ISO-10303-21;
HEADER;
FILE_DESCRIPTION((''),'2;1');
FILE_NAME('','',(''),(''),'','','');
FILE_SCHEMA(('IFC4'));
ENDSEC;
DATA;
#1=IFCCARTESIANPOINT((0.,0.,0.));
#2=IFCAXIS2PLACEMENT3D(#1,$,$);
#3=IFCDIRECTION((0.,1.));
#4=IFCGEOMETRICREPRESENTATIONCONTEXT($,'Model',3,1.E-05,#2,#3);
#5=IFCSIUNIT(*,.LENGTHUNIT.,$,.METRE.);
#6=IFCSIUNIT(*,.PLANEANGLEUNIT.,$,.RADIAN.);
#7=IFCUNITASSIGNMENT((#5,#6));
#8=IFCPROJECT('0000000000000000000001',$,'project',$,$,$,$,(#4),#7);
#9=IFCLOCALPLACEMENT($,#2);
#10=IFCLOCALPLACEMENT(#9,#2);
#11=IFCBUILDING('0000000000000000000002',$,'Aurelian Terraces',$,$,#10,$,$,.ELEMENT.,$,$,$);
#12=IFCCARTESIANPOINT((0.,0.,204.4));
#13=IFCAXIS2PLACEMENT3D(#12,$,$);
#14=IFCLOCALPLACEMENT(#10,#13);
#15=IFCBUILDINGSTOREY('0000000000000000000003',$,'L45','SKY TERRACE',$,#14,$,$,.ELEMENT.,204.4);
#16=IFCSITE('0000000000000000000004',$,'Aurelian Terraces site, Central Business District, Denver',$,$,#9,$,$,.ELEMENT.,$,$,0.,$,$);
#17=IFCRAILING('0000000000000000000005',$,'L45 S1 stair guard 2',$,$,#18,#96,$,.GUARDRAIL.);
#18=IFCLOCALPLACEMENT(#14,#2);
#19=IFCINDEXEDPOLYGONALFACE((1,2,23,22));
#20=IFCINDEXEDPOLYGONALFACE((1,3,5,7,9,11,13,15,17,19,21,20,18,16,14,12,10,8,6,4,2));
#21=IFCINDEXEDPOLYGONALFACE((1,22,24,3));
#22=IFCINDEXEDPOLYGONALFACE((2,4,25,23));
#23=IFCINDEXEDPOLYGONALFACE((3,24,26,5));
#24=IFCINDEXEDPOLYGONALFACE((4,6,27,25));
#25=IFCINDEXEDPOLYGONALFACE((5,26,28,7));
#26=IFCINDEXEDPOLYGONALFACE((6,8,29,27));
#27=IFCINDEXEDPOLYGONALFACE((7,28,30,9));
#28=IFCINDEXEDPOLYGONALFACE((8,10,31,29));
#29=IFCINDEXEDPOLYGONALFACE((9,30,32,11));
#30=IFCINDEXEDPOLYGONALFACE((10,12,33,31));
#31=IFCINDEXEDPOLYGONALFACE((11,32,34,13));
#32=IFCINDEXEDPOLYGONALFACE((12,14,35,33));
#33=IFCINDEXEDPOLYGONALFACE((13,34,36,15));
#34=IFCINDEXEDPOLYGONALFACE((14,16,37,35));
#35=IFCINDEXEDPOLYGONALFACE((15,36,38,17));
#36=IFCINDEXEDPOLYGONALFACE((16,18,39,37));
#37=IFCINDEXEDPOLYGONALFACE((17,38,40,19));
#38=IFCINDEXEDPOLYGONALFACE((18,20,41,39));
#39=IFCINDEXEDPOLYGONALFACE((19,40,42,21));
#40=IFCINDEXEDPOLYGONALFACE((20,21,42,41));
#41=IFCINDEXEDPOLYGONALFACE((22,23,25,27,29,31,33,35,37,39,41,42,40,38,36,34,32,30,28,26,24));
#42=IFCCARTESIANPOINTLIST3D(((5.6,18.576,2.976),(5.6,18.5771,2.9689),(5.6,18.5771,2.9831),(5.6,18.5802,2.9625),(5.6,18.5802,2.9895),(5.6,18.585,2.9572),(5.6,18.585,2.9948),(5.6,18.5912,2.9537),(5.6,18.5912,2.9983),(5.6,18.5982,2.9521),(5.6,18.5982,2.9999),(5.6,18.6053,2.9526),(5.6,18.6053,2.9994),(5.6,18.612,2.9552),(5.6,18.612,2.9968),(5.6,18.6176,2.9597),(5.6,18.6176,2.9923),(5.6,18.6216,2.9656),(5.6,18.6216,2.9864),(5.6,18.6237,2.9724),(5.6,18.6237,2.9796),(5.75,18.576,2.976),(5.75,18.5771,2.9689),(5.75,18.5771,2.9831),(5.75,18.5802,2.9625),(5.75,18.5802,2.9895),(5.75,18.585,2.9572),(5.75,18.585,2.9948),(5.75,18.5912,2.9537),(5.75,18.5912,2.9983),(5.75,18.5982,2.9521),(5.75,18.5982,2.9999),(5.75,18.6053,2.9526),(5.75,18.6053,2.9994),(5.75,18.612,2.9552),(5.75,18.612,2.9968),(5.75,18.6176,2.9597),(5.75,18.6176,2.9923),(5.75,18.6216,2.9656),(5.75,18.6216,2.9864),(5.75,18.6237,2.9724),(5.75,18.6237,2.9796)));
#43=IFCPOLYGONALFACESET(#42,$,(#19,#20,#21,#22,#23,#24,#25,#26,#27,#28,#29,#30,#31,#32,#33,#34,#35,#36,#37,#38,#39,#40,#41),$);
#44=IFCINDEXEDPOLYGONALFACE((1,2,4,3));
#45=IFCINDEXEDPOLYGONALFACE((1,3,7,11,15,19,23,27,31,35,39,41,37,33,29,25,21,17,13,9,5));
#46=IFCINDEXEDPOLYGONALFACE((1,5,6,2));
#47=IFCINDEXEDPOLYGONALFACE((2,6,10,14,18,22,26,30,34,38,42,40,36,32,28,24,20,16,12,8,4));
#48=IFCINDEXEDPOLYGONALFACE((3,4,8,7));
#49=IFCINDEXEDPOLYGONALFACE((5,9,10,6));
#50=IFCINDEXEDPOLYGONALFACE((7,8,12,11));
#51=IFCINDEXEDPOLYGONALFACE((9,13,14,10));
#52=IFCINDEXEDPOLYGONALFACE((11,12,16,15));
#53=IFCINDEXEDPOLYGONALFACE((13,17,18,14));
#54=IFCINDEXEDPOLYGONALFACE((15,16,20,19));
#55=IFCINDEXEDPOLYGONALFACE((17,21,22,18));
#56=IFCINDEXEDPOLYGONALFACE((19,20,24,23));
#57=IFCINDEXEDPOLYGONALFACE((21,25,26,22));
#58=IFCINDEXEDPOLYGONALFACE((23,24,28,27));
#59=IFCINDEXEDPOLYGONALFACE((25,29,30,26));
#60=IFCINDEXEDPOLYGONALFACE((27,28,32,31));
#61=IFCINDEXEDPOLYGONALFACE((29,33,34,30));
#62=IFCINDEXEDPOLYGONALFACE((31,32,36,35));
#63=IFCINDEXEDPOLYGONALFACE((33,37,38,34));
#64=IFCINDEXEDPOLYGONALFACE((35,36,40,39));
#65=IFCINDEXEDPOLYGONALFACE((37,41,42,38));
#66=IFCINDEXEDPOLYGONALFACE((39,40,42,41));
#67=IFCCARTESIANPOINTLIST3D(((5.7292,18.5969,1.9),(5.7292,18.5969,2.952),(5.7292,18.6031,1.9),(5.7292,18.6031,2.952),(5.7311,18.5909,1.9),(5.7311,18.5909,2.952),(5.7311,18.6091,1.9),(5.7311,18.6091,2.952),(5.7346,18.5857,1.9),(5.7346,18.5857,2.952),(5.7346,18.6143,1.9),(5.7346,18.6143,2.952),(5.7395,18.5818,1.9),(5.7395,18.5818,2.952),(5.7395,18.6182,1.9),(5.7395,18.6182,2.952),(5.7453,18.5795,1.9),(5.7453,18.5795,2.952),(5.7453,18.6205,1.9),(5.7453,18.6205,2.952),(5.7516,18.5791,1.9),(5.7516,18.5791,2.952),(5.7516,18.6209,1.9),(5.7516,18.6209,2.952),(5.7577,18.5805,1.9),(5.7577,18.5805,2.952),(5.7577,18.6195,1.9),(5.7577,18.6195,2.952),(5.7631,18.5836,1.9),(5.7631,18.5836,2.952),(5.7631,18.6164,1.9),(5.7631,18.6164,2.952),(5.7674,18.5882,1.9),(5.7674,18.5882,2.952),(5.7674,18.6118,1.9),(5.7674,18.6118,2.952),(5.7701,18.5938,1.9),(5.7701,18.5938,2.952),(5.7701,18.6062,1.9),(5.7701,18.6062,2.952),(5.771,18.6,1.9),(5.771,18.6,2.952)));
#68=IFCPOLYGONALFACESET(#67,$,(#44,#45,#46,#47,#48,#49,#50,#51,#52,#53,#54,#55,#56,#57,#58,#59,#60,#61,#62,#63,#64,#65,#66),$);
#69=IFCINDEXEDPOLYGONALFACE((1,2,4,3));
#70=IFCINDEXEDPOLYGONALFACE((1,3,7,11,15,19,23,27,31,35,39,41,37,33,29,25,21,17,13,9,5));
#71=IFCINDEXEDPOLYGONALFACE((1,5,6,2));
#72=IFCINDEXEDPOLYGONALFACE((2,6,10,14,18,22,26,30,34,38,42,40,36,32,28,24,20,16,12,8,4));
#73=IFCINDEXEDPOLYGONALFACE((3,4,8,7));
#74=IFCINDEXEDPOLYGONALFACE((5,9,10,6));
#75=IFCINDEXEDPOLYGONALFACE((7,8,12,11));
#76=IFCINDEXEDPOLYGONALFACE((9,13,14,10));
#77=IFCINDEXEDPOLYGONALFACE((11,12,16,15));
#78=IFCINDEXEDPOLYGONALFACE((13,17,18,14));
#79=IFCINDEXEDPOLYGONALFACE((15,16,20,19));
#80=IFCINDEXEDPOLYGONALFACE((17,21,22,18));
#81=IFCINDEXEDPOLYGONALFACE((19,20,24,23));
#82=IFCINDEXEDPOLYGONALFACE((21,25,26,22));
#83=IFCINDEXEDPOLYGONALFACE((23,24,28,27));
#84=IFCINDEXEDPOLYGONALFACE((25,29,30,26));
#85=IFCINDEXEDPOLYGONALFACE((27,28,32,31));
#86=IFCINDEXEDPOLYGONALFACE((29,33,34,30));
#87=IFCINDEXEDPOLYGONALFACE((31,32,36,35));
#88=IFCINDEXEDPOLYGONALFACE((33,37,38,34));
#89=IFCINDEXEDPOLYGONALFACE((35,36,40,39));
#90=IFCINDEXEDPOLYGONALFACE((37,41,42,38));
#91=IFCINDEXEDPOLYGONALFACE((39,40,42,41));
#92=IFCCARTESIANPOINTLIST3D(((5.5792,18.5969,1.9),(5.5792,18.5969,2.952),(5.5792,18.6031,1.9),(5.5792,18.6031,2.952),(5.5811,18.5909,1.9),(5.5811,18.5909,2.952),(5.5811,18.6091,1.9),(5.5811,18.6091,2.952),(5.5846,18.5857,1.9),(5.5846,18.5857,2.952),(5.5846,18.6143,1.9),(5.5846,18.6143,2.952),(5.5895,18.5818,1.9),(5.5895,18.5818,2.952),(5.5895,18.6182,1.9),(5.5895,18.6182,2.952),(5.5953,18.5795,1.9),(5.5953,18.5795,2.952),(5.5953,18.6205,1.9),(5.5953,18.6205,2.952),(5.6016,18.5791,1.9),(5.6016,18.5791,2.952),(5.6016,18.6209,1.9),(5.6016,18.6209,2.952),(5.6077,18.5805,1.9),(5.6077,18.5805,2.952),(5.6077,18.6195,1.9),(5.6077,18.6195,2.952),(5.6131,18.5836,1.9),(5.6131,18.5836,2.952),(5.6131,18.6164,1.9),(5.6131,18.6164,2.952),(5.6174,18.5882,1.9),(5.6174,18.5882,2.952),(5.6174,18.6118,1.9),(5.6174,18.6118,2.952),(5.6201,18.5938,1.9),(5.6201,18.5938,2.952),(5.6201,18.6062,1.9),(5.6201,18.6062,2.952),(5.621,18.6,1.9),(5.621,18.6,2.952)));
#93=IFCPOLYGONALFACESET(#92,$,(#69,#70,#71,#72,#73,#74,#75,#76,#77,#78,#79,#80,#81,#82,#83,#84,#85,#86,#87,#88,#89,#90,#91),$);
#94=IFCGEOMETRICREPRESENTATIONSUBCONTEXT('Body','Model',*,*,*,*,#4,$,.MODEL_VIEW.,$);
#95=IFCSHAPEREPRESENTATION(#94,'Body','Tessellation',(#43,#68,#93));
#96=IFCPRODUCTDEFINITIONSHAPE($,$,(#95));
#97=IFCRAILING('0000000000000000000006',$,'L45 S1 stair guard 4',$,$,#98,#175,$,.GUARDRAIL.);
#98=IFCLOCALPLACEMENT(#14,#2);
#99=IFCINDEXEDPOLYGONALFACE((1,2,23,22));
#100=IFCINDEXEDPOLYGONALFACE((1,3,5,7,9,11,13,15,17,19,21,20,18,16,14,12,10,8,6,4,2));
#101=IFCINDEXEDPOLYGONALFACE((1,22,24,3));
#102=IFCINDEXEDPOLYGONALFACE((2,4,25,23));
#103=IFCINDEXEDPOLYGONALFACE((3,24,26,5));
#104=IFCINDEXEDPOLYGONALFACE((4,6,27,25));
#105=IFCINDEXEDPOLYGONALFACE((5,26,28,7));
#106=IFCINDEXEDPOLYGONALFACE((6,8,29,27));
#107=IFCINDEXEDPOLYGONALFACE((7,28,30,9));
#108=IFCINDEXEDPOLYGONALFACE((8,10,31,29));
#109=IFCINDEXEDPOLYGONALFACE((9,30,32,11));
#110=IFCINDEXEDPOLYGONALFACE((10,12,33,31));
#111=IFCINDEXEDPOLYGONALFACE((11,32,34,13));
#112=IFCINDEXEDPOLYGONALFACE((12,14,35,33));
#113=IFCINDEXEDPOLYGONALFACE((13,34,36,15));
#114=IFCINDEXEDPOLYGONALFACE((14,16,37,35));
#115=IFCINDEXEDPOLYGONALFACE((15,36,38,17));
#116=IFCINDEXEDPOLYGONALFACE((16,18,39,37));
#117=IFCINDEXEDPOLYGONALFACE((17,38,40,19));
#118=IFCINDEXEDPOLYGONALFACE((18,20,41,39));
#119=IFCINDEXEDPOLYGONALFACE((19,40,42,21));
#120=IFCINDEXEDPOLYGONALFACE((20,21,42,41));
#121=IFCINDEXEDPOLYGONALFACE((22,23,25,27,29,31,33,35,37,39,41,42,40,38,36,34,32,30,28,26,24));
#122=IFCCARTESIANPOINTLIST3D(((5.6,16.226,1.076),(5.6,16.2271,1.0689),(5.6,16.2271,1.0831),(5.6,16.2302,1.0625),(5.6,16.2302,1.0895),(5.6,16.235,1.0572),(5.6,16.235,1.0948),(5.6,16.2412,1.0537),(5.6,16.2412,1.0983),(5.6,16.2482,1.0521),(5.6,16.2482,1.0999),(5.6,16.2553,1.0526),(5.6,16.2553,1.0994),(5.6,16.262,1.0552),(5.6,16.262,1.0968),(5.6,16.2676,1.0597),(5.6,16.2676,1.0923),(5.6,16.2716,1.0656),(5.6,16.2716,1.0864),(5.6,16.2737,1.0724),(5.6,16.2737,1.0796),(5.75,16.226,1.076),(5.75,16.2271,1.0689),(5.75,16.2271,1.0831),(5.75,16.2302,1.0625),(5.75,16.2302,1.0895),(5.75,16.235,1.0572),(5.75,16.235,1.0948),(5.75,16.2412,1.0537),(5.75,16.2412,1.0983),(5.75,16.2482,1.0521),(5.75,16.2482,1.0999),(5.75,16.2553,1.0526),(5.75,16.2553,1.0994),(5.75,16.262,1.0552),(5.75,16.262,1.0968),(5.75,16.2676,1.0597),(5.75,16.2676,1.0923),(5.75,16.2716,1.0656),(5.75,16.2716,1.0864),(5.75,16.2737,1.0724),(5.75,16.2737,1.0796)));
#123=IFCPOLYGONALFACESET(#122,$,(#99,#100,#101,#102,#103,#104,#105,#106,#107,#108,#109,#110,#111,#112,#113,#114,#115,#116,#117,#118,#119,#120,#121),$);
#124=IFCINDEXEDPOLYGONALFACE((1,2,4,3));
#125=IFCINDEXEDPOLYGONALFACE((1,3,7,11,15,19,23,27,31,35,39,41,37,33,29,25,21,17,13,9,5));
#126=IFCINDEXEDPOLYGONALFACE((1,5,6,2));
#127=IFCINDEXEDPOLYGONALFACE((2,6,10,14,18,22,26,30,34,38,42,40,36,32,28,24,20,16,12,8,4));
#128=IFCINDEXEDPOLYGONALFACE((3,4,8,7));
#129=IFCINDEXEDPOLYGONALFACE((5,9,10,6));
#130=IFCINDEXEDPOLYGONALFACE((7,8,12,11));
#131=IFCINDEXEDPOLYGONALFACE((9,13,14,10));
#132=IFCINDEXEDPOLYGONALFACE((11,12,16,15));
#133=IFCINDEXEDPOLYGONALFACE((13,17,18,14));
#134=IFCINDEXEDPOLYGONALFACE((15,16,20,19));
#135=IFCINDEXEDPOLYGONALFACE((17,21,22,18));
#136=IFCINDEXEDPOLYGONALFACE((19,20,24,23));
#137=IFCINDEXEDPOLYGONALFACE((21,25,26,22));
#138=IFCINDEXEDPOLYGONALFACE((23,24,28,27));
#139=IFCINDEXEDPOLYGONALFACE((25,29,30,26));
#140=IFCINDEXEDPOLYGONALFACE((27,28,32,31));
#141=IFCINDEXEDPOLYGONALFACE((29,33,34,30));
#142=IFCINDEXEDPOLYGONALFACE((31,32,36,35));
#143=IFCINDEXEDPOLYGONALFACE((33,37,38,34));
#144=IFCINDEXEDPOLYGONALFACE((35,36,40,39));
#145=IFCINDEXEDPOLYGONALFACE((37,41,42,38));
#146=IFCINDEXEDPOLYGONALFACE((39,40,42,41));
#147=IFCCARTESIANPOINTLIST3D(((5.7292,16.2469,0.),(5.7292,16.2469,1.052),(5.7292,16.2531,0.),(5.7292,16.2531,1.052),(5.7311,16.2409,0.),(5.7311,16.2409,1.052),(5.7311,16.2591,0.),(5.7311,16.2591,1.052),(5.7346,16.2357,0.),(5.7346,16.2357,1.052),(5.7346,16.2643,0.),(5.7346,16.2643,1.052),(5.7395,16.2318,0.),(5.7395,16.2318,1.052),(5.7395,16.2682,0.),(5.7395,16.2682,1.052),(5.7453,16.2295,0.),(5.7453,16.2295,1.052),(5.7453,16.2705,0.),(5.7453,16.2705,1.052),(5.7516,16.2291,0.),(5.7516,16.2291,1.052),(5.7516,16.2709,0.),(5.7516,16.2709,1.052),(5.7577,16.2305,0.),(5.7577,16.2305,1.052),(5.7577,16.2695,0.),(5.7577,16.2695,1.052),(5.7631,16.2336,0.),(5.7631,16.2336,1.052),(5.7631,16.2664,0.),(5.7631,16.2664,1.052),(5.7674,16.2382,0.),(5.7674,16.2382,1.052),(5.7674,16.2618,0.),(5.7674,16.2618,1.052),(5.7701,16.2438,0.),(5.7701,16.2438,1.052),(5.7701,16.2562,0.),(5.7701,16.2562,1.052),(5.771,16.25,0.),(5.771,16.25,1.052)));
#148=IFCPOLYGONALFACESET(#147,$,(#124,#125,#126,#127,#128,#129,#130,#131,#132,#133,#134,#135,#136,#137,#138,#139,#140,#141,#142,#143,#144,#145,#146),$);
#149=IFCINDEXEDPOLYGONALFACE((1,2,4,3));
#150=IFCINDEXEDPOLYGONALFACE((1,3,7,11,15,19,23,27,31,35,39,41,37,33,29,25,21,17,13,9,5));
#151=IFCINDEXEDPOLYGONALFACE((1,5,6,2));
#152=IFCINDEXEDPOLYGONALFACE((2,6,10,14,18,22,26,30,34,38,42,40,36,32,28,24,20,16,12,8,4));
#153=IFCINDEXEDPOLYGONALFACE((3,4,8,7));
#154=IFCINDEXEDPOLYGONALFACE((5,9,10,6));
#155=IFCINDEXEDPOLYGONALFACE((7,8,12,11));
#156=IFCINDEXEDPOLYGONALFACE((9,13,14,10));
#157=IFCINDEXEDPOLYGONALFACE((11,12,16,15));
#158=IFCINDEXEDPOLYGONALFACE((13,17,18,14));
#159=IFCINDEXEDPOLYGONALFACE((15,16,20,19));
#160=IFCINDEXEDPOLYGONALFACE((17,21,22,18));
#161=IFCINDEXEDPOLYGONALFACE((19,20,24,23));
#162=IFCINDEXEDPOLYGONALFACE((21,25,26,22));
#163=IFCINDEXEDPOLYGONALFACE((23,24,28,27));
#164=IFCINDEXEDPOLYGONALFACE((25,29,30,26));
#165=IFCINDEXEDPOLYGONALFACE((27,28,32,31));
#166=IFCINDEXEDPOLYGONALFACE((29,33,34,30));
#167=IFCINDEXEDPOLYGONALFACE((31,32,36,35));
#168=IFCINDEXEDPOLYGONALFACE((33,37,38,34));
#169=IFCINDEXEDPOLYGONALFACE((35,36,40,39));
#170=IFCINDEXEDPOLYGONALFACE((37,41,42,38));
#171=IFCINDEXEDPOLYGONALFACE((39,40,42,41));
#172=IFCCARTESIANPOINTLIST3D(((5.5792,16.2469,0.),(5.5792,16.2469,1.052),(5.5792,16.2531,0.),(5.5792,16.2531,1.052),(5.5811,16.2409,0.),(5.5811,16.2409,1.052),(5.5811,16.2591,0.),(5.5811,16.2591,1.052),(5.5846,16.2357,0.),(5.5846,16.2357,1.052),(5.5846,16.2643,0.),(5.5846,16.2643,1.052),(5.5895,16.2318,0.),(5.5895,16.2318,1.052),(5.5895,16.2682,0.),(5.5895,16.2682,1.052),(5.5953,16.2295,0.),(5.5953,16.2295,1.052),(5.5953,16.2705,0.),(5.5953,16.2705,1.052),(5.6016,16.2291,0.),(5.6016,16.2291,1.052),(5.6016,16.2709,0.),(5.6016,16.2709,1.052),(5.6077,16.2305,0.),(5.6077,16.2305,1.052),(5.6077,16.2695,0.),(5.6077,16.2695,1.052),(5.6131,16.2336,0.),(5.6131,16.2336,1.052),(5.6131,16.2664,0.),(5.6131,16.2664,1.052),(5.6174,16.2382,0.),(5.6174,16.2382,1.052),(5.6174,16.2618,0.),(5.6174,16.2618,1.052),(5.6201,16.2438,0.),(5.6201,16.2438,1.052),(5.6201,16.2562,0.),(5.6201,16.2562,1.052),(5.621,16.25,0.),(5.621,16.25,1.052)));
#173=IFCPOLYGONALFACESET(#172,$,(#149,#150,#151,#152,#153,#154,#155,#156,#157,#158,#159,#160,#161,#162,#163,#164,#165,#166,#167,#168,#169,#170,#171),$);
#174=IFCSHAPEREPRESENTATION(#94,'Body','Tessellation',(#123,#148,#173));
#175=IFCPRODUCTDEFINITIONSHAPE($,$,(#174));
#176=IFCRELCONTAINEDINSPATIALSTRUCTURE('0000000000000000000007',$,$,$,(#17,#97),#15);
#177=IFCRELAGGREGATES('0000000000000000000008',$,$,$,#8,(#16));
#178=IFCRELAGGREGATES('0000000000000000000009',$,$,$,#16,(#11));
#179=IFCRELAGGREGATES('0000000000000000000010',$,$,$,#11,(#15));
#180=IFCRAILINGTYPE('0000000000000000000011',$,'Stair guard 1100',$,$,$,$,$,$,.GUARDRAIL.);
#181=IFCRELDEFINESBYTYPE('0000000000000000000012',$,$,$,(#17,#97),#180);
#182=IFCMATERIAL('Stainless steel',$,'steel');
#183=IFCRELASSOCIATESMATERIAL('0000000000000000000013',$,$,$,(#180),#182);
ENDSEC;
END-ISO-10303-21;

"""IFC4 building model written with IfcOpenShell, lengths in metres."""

from ifc_helpers import new_model, si_unit, direction, frame, origin, origin_2d, place, context, subcontext, project, spatial, circle, extrude, source, transform, mapped, material, type_object, element, save


model = new_model("IFC4")

# Units and contexts
model_context = context("Model", 3, precision=1e-05, world=origin(), true_north=direction((0.0, 1.0)))
body_context = subcontext(model_context, "Body", "Model", "MODEL_VIEW")
ifc_project = project(units=[si_unit("LENGTHUNIT", "METRE"), si_unit("PLANEANGLEUNIT", "RADIAN")], contexts=[model_context])

# Site, building, storey
site_placement = place(None, origin())
site = spatial("IfcSite", under=ifc_project, at=site_placement, Name="Aurelian Terraces site, Central Business District, Denver", CompositionType="ELEMENT", RefElevation=0.0)
building_placement = place(site_placement, origin())
building = spatial("IfcBuilding", under=site, at=building_placement, Name="Aurelian Terraces", CompositionType="ELEMENT")
storey_placement = place(building_placement, frame((0.0, 0.0, 204.4)))
storey = spatial("IfcBuildingStorey", under=building, at=storey_placement, Name="L45", Description="SKY TERRACE", CompositionType="ELEMENT", Elevation=204.4)

# Shared definitions
ifc_material_1 = material(Name="Stainless steel", Category="steel")

# Railings
railing_type_1 = type_object("IfcRailingType", Name="Stair guard 1100", PredefinedType="GUARDRAIL", material=ifc_material_1)
shared_shape_1 = source(origin(), body_context, "Body", "SweptSolid", [
    extrude(circle(Radius=0.024, at=origin_2d()), frame((0.0, 0.0, 1.076), z_axis=(-1.0, 0.0, 0.0), x_axis=(0.0, -1.0, 0.0)), (0.0, 0.0, 1.0), 0.15),
    extrude(circle(Radius=0.021, at=origin_2d()), origin(), (0.0, 0.0, 1.0), 1.052),
    extrude(circle(Radius=0.021, at=origin_2d()), frame((-0.15, 0.0, 0.0)), (0.0, 0.0, 1.0), 1.052),
])
for number, where, name in (
    (1, (5.75, 18.6, 1.9), "L45 S1 stair guard 2"),
    (2, (5.75, 16.25, 0.0), "L45 S1 stair guard 4"),
):
    element("IfcRailing", number, at=place(storey_placement, frame(where)), inside=storey, type_object=railing_type_1, Name=name, PredefinedType="GUARDRAIL", context=body_context, shape_type="MappedRepresentation", body=[
        mapped(shared_shape_1, transform((0.0, 0.0, 0.0), scale=1.0)),
    ])

save(model, "model.ifc")
